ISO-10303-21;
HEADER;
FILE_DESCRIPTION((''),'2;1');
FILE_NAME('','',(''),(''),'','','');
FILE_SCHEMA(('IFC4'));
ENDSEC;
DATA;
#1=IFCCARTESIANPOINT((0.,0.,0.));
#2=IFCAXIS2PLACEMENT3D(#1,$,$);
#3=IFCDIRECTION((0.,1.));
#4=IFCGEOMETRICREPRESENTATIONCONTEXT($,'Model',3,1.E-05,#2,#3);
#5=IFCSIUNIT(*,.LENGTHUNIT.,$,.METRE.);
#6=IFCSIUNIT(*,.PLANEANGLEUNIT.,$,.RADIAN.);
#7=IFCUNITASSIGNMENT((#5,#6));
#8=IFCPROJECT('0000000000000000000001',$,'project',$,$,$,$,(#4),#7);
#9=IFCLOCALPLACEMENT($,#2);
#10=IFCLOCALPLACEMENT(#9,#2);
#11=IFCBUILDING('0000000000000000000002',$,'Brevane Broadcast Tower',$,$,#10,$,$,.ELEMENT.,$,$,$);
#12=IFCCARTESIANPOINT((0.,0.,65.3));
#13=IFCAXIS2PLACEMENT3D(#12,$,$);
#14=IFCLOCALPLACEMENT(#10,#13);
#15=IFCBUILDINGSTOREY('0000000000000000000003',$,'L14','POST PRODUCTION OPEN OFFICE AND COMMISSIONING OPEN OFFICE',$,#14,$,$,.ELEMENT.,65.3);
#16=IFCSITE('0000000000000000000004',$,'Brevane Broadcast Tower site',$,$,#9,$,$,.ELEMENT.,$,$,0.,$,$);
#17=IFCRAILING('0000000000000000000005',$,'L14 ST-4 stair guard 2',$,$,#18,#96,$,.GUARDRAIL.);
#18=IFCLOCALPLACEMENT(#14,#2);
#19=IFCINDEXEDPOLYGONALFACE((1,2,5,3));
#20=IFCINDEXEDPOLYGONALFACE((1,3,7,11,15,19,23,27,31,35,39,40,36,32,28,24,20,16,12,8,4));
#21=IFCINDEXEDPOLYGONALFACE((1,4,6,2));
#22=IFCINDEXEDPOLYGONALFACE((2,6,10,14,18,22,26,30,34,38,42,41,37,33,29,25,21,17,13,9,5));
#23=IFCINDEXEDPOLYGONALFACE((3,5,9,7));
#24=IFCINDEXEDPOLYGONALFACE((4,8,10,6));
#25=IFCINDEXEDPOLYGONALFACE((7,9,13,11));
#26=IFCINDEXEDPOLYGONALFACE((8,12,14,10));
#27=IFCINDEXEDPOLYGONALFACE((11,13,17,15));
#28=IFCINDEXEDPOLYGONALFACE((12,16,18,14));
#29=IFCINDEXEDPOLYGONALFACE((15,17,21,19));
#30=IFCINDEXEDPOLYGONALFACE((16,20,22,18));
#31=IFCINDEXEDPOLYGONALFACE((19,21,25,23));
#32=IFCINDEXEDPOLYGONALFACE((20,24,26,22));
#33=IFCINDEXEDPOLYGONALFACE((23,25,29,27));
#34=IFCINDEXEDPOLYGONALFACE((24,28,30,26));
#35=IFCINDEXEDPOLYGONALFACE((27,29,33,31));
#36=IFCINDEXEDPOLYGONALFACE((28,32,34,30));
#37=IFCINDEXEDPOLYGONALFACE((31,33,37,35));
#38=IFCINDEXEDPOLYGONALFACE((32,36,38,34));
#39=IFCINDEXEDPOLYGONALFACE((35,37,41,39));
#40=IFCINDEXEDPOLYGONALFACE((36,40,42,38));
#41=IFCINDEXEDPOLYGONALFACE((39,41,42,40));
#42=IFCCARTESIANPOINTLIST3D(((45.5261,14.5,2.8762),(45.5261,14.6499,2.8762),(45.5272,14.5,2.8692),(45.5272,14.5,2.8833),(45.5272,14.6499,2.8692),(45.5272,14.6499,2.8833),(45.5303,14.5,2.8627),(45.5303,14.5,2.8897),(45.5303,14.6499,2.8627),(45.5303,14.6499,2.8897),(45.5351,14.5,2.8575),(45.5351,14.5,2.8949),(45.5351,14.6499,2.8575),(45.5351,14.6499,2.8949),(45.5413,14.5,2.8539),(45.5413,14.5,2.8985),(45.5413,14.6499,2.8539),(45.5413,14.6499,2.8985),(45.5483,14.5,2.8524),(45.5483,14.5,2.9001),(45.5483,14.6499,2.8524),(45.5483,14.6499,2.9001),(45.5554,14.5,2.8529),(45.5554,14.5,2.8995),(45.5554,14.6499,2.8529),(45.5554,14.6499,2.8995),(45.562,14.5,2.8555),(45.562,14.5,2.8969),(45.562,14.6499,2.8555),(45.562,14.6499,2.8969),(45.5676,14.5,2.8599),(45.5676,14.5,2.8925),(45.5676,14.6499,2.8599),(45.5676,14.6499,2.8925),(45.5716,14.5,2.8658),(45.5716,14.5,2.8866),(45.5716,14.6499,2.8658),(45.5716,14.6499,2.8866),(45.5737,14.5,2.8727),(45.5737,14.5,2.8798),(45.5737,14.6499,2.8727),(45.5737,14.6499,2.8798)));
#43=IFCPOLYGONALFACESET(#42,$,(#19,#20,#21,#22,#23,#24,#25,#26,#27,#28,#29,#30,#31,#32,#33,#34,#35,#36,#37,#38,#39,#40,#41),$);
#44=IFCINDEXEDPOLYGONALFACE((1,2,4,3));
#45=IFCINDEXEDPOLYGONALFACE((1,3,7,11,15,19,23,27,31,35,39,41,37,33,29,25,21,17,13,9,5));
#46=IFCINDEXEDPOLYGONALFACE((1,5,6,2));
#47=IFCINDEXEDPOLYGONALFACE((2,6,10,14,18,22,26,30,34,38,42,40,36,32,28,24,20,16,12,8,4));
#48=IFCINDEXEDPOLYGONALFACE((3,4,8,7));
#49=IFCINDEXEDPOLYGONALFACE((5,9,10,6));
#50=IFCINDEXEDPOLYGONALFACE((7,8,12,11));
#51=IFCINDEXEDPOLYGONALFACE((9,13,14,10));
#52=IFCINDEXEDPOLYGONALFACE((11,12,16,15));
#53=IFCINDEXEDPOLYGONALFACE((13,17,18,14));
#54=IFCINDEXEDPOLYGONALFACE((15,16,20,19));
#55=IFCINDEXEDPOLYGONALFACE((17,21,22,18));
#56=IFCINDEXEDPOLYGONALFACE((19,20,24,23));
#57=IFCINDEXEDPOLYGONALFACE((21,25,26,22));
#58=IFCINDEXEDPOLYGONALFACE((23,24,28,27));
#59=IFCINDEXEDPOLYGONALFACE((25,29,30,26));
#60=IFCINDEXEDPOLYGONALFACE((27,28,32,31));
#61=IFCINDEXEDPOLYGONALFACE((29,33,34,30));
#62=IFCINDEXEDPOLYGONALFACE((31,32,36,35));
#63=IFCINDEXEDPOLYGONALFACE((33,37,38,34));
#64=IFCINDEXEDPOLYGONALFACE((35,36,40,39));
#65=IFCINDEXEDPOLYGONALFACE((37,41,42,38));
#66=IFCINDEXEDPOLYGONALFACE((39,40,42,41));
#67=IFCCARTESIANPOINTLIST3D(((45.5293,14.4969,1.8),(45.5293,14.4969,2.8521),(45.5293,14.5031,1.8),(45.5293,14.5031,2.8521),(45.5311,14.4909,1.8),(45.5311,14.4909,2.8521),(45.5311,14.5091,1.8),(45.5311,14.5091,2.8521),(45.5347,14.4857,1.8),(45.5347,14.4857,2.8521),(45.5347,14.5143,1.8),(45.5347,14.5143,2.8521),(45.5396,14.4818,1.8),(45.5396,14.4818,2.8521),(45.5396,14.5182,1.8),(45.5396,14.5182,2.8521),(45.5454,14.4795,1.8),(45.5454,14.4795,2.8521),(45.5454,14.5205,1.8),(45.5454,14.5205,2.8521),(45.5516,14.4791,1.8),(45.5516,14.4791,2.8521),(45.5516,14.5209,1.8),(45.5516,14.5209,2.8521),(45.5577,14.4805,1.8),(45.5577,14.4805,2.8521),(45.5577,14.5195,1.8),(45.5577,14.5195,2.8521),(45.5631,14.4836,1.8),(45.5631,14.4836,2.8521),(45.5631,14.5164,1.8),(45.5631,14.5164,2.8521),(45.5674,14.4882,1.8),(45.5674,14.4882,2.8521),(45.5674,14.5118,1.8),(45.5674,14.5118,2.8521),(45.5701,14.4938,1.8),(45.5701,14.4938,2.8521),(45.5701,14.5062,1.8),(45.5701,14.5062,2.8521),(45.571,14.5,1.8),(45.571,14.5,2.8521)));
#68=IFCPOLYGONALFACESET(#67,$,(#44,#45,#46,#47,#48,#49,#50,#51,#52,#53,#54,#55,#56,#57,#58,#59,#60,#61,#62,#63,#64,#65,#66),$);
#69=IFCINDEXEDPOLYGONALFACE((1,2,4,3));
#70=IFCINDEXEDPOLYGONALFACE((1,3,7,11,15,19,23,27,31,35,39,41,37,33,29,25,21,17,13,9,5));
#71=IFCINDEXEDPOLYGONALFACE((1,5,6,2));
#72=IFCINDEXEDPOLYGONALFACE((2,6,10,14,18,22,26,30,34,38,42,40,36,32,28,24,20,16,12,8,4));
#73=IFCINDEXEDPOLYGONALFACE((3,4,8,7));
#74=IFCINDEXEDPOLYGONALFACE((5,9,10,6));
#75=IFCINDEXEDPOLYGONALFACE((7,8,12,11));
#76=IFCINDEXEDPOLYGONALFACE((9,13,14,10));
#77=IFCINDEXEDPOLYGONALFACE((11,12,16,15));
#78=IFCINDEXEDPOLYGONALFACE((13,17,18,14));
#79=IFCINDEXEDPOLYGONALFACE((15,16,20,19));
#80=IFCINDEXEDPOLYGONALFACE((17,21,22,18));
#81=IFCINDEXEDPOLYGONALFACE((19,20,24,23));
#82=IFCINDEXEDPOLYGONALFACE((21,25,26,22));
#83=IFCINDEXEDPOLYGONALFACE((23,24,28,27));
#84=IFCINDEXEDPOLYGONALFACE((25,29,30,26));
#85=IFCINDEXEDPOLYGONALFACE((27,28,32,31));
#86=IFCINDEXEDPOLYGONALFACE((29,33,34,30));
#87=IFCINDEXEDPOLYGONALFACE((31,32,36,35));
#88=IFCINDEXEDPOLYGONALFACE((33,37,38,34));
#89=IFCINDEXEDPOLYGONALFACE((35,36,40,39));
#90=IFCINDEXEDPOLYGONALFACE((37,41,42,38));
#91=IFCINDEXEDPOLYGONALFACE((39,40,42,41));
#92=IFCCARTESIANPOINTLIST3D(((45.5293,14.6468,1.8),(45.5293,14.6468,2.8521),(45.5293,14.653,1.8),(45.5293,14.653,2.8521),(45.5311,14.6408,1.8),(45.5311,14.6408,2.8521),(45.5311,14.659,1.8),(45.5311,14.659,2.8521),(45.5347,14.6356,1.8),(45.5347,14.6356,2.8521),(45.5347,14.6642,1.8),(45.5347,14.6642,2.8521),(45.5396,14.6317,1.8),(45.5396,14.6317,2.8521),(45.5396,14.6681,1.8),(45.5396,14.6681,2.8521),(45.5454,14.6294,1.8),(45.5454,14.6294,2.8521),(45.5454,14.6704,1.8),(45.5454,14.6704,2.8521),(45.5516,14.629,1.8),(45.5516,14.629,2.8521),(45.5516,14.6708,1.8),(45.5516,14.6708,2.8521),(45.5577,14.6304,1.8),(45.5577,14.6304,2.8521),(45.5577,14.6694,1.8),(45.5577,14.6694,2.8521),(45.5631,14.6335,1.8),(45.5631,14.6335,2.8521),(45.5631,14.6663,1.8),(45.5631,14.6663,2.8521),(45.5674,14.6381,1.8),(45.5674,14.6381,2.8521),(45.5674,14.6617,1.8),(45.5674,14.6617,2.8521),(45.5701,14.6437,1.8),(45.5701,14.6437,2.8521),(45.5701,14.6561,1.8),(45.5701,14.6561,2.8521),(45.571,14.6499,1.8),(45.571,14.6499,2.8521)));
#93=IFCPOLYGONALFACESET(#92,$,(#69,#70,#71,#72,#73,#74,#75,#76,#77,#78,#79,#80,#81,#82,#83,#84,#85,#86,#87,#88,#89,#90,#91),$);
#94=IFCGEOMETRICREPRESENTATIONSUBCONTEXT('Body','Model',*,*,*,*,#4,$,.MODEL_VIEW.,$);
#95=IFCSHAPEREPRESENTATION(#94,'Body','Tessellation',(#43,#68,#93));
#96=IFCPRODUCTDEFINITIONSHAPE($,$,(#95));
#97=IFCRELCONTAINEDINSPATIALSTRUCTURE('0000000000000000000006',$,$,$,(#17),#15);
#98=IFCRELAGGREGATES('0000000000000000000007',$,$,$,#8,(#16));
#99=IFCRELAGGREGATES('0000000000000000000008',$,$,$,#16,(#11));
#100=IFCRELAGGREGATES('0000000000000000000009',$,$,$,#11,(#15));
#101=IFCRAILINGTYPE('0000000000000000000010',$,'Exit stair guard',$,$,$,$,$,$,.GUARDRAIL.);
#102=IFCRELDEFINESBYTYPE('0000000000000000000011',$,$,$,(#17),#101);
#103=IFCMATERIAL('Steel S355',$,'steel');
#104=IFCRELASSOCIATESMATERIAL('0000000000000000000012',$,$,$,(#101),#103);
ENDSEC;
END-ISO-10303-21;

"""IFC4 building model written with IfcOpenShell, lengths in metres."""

from ifc_helpers import new_model, si_unit, direction, frame, origin, origin_2d, place, context, subcontext, project, spatial, circle, extrude, material, type_object, element, save


model = new_model("IFC4")

# Units and contexts
model_context = context("Model", 3, precision=1e-05, world=origin(), true_north=direction((0.0, 1.0)))
body_context = subcontext(model_context, "Body", "Model", "MODEL_VIEW")
ifc_project = project(units=[si_unit("LENGTHUNIT", "METRE"), si_unit("PLANEANGLEUNIT", "RADIAN")], contexts=[model_context])

# Site, building, storey
site_placement = place(None, origin())
site = spatial("IfcSite", under=ifc_project, at=site_placement, Name="Brevane Broadcast Tower site", CompositionType="ELEMENT", RefElevation=0.0)
building_placement = place(site_placement, origin())
building = spatial("IfcBuilding", under=site, at=building_placement, Name="Brevane Broadcast Tower", CompositionType="ELEMENT")
storey_placement = place(building_placement, frame((0.0, 0.0, 65.3)))
storey = spatial("IfcBuildingStorey", under=building, at=storey_placement, Name="L14", Description="POST PRODUCTION OPEN OFFICE AND COMMISSIONING OPEN OFFICE", CompositionType="ELEMENT", Elevation=65.3)

# Railing
ifc_material_1 = material(Name="Steel S355", Category="steel")
railing_type_1 = type_object("IfcRailingType", Name="Exit stair guard", PredefinedType="GUARDRAIL", material=ifc_material_1)
railing_1_placement = place(storey_placement, frame((45.55, 14.5, 1.8)))
element("IfcRailing", 1, at=railing_1_placement, inside=storey, type_object=railing_type_1, Name="L14 ST-4 stair guard 2", PredefinedType="GUARDRAIL", context=body_context, shape_type="SweptSolid", body=[
    extrude(circle(Radius=0.0239, at=origin_2d()), frame((0.0, 0.0, 1.0762), z_axis=(0.0, 1.0, 0.0), x_axis=(-1.0, 0.0, 0.0)), (0.0, 0.0, 1.0), 0.1499),
    extrude(circle(Radius=0.021, at=origin_2d()), origin(), (0.0, 0.0, 1.0), 1.052),
    extrude(circle(Radius=0.021, at=origin_2d()), frame((0.0, 0.1499, 0.0)), (0.0, 0.0, 1.0), 1.052),
])

save(model, "model.ifc")
